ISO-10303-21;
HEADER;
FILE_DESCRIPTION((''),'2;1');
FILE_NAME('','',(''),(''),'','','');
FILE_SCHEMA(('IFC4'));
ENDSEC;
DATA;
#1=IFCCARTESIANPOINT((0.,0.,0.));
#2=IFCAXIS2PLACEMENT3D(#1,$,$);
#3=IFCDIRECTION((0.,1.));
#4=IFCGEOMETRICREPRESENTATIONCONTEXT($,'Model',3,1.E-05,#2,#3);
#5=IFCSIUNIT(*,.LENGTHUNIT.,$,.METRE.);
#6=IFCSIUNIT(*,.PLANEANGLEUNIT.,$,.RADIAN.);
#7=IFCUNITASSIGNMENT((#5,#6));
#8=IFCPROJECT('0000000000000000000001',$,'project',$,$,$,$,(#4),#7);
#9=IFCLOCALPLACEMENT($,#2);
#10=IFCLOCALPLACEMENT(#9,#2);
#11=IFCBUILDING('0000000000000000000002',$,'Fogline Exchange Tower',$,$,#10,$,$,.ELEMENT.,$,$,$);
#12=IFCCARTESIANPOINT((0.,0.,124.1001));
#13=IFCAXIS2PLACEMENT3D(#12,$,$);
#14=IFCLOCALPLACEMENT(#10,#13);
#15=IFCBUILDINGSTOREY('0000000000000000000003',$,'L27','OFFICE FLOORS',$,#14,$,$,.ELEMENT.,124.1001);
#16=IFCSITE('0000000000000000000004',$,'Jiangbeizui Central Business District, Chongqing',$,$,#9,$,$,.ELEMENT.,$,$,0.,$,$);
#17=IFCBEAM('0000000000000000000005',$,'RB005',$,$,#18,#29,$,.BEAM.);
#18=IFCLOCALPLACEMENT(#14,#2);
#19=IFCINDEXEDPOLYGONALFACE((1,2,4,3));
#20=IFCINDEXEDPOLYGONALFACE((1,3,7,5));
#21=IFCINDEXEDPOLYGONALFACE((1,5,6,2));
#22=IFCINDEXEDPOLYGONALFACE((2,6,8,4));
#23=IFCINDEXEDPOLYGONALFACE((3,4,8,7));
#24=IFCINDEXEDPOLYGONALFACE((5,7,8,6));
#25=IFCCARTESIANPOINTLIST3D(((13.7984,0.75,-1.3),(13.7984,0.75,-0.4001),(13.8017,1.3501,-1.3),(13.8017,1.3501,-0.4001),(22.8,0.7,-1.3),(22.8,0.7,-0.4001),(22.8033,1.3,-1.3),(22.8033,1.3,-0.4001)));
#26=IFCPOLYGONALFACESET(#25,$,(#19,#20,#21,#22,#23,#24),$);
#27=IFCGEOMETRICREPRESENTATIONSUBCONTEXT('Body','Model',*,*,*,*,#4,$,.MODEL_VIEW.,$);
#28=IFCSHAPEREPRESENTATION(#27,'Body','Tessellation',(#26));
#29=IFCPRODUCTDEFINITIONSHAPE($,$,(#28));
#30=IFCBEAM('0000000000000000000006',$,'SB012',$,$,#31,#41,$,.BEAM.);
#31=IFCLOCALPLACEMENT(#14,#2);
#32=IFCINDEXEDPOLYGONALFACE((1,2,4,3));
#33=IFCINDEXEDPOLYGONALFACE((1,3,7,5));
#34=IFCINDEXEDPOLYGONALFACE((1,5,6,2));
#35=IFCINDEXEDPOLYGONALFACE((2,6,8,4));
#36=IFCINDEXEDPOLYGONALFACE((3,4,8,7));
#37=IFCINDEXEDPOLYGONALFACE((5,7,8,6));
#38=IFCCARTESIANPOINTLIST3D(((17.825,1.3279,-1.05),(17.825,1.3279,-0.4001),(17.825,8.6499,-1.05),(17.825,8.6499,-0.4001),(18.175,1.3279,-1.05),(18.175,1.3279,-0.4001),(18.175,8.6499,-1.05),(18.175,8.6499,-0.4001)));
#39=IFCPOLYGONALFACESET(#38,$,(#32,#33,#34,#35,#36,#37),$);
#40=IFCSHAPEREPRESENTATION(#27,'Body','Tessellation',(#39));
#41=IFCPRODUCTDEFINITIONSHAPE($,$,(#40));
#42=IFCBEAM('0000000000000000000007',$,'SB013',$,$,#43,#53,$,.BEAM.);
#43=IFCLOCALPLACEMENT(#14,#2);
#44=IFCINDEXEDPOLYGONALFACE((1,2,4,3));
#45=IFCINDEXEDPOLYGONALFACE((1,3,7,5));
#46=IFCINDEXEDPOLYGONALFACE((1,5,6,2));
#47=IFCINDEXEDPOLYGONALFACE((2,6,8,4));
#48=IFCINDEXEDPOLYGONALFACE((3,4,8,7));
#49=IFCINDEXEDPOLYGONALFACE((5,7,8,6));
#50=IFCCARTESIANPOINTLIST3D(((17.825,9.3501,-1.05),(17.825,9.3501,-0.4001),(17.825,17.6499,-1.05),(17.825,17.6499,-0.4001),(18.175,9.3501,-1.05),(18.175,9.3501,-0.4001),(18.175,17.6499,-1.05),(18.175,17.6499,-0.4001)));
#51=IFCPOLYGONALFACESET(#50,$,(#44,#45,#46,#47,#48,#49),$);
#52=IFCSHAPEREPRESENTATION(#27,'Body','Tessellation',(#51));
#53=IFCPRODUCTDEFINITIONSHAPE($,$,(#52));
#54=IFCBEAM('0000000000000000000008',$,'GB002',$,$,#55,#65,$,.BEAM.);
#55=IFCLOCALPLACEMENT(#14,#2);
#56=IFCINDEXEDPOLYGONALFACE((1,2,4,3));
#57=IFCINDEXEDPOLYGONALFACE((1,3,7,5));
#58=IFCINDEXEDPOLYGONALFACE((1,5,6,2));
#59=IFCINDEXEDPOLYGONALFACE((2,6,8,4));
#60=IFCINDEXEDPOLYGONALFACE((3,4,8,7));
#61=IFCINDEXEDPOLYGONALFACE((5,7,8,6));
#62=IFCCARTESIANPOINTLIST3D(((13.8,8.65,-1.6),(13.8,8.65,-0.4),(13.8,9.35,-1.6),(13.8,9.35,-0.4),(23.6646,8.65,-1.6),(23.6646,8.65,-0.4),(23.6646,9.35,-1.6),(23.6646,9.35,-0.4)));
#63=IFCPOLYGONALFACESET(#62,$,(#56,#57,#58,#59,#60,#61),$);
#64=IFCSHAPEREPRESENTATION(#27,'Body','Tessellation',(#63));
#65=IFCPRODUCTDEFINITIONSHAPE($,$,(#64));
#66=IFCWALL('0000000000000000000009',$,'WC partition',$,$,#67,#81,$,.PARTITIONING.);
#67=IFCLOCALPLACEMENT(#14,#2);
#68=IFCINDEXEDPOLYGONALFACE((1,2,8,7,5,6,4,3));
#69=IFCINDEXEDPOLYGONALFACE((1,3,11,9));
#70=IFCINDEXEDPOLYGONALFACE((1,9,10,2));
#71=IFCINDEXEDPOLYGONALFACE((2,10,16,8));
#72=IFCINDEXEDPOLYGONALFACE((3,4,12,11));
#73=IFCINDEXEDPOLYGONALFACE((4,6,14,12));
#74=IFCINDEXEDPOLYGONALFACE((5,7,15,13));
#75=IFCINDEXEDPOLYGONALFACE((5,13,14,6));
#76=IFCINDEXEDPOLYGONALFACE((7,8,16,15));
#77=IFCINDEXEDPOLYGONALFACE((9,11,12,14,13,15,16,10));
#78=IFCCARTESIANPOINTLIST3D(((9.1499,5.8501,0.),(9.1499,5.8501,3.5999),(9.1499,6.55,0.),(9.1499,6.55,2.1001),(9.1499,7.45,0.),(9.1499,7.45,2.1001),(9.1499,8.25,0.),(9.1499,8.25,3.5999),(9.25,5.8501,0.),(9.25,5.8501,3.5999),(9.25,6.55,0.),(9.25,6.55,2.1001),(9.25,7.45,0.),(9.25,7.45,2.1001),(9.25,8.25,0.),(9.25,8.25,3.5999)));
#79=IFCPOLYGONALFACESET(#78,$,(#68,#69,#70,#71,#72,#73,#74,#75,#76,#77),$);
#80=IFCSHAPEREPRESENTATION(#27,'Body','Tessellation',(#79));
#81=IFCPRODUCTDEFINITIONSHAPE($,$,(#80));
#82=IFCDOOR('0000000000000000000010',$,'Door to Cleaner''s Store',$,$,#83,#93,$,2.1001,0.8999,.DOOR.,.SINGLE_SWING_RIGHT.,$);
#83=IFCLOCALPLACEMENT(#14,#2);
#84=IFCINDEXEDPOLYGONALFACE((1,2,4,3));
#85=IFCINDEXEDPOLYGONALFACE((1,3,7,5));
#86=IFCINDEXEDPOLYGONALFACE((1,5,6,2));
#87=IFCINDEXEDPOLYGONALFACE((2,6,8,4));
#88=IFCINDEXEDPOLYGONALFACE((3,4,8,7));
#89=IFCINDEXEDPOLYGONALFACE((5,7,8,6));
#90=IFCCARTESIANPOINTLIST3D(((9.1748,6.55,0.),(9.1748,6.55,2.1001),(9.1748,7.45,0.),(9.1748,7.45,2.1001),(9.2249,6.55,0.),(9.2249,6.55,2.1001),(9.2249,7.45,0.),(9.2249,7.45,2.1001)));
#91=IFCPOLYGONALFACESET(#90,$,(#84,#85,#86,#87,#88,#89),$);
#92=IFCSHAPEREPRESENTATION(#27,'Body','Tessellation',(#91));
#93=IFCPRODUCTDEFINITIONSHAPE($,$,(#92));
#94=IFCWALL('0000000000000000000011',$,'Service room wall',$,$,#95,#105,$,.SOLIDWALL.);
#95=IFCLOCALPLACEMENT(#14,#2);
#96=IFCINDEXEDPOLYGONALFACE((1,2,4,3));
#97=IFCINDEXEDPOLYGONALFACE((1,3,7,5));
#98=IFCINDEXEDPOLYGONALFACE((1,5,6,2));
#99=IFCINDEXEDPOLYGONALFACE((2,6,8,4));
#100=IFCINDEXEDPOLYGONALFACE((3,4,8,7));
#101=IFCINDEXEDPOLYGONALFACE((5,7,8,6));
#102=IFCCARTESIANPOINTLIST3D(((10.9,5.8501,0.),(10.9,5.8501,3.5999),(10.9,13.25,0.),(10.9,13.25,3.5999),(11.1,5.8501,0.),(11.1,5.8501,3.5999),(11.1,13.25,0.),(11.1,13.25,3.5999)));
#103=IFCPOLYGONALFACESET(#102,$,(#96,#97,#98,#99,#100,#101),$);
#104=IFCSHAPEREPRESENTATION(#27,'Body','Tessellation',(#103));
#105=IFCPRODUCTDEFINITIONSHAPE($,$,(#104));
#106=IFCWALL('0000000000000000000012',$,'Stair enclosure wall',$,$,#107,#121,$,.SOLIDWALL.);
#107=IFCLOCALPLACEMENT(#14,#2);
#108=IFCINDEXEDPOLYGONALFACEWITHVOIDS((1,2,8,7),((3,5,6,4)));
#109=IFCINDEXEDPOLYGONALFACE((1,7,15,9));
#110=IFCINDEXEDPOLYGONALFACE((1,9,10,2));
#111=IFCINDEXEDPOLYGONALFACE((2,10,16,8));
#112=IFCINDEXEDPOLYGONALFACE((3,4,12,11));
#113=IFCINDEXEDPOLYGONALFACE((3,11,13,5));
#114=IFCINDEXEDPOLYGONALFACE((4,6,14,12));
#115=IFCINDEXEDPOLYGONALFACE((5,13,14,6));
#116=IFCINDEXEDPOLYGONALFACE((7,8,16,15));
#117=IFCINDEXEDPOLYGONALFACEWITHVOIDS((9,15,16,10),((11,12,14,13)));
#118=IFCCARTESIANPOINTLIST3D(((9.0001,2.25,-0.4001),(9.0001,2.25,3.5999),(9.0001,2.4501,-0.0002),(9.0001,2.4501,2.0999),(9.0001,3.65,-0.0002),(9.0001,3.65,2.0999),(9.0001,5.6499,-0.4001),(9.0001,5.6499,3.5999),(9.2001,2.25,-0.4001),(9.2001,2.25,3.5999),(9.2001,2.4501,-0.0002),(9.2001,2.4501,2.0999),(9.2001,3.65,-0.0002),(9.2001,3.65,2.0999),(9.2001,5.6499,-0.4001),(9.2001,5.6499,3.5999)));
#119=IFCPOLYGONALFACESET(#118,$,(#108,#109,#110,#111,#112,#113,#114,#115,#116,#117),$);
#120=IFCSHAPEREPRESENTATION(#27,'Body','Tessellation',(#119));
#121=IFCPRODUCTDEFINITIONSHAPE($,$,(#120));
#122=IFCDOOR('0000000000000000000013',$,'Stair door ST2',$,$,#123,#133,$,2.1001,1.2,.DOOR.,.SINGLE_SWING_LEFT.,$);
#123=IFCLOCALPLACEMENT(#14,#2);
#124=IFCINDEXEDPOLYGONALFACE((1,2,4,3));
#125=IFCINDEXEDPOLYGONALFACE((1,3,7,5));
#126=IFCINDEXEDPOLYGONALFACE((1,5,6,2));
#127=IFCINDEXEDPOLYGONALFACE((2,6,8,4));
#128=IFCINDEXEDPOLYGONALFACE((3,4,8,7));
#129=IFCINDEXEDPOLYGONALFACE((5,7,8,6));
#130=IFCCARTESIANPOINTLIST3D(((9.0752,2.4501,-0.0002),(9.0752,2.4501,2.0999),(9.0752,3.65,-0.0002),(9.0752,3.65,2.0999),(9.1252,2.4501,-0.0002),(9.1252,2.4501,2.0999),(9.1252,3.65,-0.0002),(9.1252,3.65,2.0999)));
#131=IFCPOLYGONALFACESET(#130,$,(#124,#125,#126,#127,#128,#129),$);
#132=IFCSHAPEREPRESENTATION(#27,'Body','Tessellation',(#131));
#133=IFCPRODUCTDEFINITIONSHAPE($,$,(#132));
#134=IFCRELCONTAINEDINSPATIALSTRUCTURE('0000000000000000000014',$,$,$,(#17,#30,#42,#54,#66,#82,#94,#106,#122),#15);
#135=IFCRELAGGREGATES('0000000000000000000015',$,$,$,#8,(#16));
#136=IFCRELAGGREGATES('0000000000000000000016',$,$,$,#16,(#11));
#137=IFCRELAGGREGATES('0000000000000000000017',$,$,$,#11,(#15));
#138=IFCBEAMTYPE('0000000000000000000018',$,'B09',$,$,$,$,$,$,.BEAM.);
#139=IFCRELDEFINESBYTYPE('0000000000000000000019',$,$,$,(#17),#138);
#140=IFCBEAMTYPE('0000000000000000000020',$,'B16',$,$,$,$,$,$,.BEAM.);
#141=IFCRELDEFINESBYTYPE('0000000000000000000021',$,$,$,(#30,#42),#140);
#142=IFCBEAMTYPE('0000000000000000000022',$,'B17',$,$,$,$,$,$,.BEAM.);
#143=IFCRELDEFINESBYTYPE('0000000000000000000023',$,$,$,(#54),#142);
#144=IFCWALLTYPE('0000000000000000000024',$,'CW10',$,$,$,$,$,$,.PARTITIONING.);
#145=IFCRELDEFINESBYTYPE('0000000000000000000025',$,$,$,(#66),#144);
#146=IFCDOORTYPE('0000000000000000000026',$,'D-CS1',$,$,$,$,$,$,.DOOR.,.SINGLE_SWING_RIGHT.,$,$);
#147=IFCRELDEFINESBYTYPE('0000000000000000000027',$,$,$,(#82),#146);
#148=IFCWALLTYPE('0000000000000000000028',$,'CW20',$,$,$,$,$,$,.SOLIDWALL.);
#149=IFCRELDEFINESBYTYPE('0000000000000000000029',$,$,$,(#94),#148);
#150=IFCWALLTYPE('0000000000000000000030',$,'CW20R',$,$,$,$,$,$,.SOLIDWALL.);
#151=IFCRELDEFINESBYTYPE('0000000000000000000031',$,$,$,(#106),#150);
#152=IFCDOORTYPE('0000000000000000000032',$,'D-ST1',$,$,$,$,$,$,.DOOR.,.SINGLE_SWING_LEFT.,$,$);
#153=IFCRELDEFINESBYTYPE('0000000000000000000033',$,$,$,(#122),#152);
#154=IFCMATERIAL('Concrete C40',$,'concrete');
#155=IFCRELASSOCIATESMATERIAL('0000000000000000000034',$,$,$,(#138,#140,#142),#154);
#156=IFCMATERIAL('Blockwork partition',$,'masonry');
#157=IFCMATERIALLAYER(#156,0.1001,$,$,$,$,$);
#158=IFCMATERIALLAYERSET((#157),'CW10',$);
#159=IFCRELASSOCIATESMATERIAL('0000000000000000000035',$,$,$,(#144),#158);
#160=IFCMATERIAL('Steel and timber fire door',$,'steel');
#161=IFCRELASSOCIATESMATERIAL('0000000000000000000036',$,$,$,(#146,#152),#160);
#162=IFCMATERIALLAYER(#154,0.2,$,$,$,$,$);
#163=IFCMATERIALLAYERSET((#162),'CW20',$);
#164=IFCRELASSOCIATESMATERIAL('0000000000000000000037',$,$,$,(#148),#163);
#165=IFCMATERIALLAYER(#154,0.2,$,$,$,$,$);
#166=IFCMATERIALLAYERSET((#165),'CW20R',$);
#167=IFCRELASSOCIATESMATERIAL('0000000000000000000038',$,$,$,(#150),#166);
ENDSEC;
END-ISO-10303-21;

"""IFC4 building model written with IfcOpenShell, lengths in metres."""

from ifc_helpers import new_model, si_unit, direction, frame, frame_2d, origin, origin_2d, place, context, subcontext, project, spatial, rectangle, extrude, material, layer, layer_set, material_profile, profile_set, type_object, element, fill, save


model = new_model("IFC4")

# Units and contexts
model_context = context("Model", 3, precision=1e-05, world=origin(), true_north=direction((0.0, 1.0)))
body_context = subcontext(model_context, "Body", "Model", "MODEL_VIEW")
ifc_project = project(units=[si_unit("LENGTHUNIT", "METRE"), si_unit("PLANEANGLEUNIT", "RADIAN")], contexts=[model_context])

# Site, building, storey
site_placement = place(None, origin())
site = spatial("IfcSite", under=ifc_project, at=site_placement, Name="Jiangbeizui Central Business District, Chongqing", CompositionType="ELEMENT", RefElevation=0.0)
building_placement = place(site_placement, origin())
building = spatial("IfcBuilding", under=site, at=building_placement, Name="Fogline Exchange Tower", CompositionType="ELEMENT")
storey_placement = place(building_placement, frame((0.0, 0.0, 124.1001)))
storey = spatial("IfcBuildingStorey", under=building, at=storey_placement, Name="L27", Description="OFFICE FLOORS", CompositionType="ELEMENT", Elevation=124.1001)

# Beams
ifc_material_1 = material(Name="Concrete C40", Category="concrete")
ifc_material_profile_1 = material_profile(ifc_material_1, rectangle(XDim=0.6001, YDim=0.8999, at=origin_2d()), Name="RC 600x900")
ifc_profile_set_1 = profile_set([ifc_material_profile_1], Name="Concrete C40")
beam_type_1 = type_object("IfcBeamType", Name="B09", PredefinedType="BEAM", material=ifc_profile_set_1)
beam_1_placement = place(storey_placement, frame((13.8, 1.05, -0.8501), z_axis=(0.999985, -0.00556, 0.0), x_axis=(0.00556, 0.999985, 0.0)))
element("IfcBeam", 1, at=beam_1_placement, inside=storey, type_object=beam_type_1, Name="RB005", PredefinedType="BEAM", context=body_context, shape_type="SweptSolid", body=[
    extrude(rectangle(XDim=0.6001, YDim=0.8999, at=origin_2d()), origin(), (0.0, 0.0, 1.0), 9.0017),
])
ifc_material_profile_2 = material_profile(ifc_material_1, rectangle(XDim=0.3501, YDim=0.6499, at=origin_2d()), Name="RC 350x650")
ifc_profile_set_2 = profile_set([ifc_material_profile_2], Name="Concrete C40")
beam_type_2 = type_object("IfcBeamType", Name="B16", PredefinedType="BEAM", material=ifc_profile_set_2)
beam_2_placement = place(storey_placement, frame((18.0, 1.3279, -0.7251), z_axis=(0.0, 1.0, 0.0), x_axis=(-1.0, 0.0, 0.0)))
element("IfcBeam", 2, at=beam_2_placement, inside=storey, type_object=beam_type_2, Name="SB012", PredefinedType="BEAM", context=body_context, shape_type="SweptSolid", body=[
    extrude(rectangle(XDim=0.3501, YDim=0.6499, at=origin_2d()), origin(), (0.0, 0.0, 1.0), 7.322),
])
beam_3_placement = place(storey_placement, frame((18.0, 9.3501, -0.7251), z_axis=(0.0, 1.0, 0.0), x_axis=(-1.0, 0.0, 0.0)))
element("IfcBeam", 3, at=beam_3_placement, inside=storey, type_object=beam_type_2, Name="SB013", PredefinedType="BEAM", context=body_context, shape_type="SweptSolid", body=[
    extrude(rectangle(XDim=0.3501, YDim=0.6499, at=origin_2d()), origin(), (0.0, 0.0, 1.0), 8.2998),
])
ifc_material_profile_3 = material_profile(ifc_material_1, rectangle(XDim=0.7, YDim=1.2, at=origin_2d()), Name="RC 700x1200")
ifc_profile_set_3 = profile_set([ifc_material_profile_3], Name="Concrete C40")
beam_type_3 = type_object("IfcBeamType", Name="B17", PredefinedType="BEAM", material=ifc_profile_set_3)
beam_4_placement = place(storey_placement, frame((13.8, 9.0, -1.0), z_axis=(1.0, 0.0, 0.0), x_axis=(0.0, 1.0, 0.0)))
element("IfcBeam", 4, at=beam_4_placement, inside=storey, type_object=beam_type_3, Name="GB002", PredefinedType="BEAM", context=body_context, shape_type="SweptSolid", body=[
    extrude(rectangle(XDim=0.7, YDim=1.2, at=origin_2d()), origin(), (0.0, 0.0, 1.0), 9.8645),
])

# Wall, opening, door
ifc_material_2 = material(Name="Blockwork partition", Category="masonry")
ifc_layer_1 = layer(ifc_material_2, 0.1001)
ifc_layer_set_1 = layer_set([ifc_layer_1], Name="CW10")
wall_type_1 = type_object("IfcWallType", Name="CW10", PredefinedType="PARTITIONING", material=ifc_layer_set_1)
wall_1_placement = place(storey_placement, frame((9.2, 5.8501, 0.0), z_axis=(0.0, 0.0, 1.0), x_axis=(0.0, 1.0, 0.0)))
wall_1 = element("IfcWall", 5, at=wall_1_placement, inside=storey, type_object=wall_type_1, Name="WC partition", PredefinedType="PARTITIONING", context=body_context, shape_type="SweptSolid", body=[
    extrude(rectangle(XDim=2.3999, YDim=0.1001, at=frame_2d((1.2, 0.0))), origin(), (0.0, 0.0, 1.0), 3.5999),
])
opening_1_placement = place(wall_1_placement, frame((0.7, 0.0, 0.0)))
opening_1 = element("IfcOpeningElement", 6, at=opening_1_placement, cuts=wall_1, PredefinedType="OPENING", context=body_context, shape_type="SweptSolid", body=[
    extrude(rectangle(XDim=0.8999, YDim=2.1001, at=frame_2d((0.45, 1.05))), frame((0.0, 0.0601, 0.0), z_axis=(0.0, -1.0, 0.0), x_axis=(1.0, 0.0, 0.0)), (0.0, 0.0, 1.0), 0.1201),
])
ifc_material_3 = material(Name="Steel and timber fire door", Category="steel")
door_type_1 = type_object("IfcDoorType", Name="D-CS1", OperationType="SINGLE_SWING_RIGHT", PredefinedType="DOOR", material=ifc_material_3)
door_1_placement = place(opening_1_placement, frame((0.8999, 0.0, 0.0), z_axis=(0.0, 0.0, 1.0), x_axis=(-1.0, 0.0, 0.0)))
door_1 = element("IfcDoor", 7, at=door_1_placement, inside=storey, type_object=door_type_1, Name="Door to Cleaner's Store", OperationType="SINGLE_SWING_RIGHT", OverallHeight=2.1001, OverallWidth=0.8999, PredefinedType="DOOR", context=body_context, shape_type="SweptSolid", body=[
    extrude(rectangle(XDim=0.8999, YDim=2.1001, at=frame_2d((0.45, 1.05))), frame((0.0, 0.0249, 0.0), z_axis=(0.0, -1.0, 0.0), x_axis=(1.0, 0.0, 0.0)), (0.0, 0.0, 1.0), 0.05),
])
fill(opening_1, door_1)

# Wall
ifc_layer_2 = layer(ifc_material_1, 0.2)
ifc_layer_set_2 = layer_set([ifc_layer_2], Name="CW20")
wall_type_2 = type_object("IfcWallType", Name="CW20", PredefinedType="SOLIDWALL", material=ifc_layer_set_2)
wall_2_placement = place(storey_placement, frame((11.0, 5.8501, 0.0), z_axis=(0.0, 0.0, 1.0), x_axis=(0.0, 1.0, 0.0)))
element("IfcWall", 8, at=wall_2_placement, inside=storey, type_object=wall_type_2, Name="Service room wall", PredefinedType="SOLIDWALL", context=body_context, shape_type="SweptSolid", body=[
    extrude(rectangle(XDim=7.3999, YDim=0.2, at=frame_2d((3.7, 0.0))), origin(), (0.0, 0.0, 1.0), 3.5999),
])

# Wall, opening, door
ifc_layer_3 = layer(ifc_material_1, 0.2)
ifc_layer_set_3 = layer_set([ifc_layer_3], Name="CW20R")
wall_type_3 = type_object("IfcWallType", Name="CW20R", PredefinedType="SOLIDWALL", material=ifc_layer_set_3)
wall_3_placement = place(storey_placement, frame((9.1001, 2.25, -0.4001), z_axis=(0.0, 0.0, 1.0), x_axis=(0.0, 1.0, 0.0)))
wall_3 = element("IfcWall", 9, at=wall_3_placement, inside=storey, type_object=wall_type_3, Name="Stair enclosure wall", PredefinedType="SOLIDWALL", context=body_context, shape_type="SweptSolid", body=[
    extrude(rectangle(XDim=3.3999, YDim=0.2, at=frame_2d((1.7, 0.0))), origin(), (0.0, 0.0, 1.0), 4.0),
])
opening_2_placement = place(wall_3_placement, frame((0.2, 0.0, 0.3999)))
opening_2 = element("IfcOpeningElement", 10, at=opening_2_placement, cuts=wall_3, PredefinedType="OPENING", context=body_context, shape_type="SweptSolid", body=[
    extrude(rectangle(XDim=1.2, YDim=2.1001, at=frame_2d((0.6001, 1.05))), frame((0.0, 0.1099, 0.0), z_axis=(0.0, -1.0, 0.0), x_axis=(1.0, 0.0, 0.0)), (0.0, 0.0, 1.0), 0.22),
])
door_type_2 = type_object("IfcDoorType", Name="D-ST1", OperationType="SINGLE_SWING_LEFT", PredefinedType="DOOR", material=ifc_material_3)
door_2_placement = place(opening_2_placement, origin())
door_2 = element("IfcDoor", 11, at=door_2_placement, inside=storey, type_object=door_type_2, Name="Stair door ST2", OperationType="SINGLE_SWING_LEFT", OverallHeight=2.1001, OverallWidth=1.2, PredefinedType="DOOR", context=body_context, shape_type="SweptSolid", body=[
    extrude(rectangle(XDim=1.2, YDim=2.1001, at=frame_2d((0.6001, 1.05))), frame((0.0, 0.0249, 0.0), z_axis=(0.0, -1.0, 0.0), x_axis=(1.0, 0.0, 0.0)), (0.0, 0.0, 1.0), 0.05),
])
fill(opening_2, door_2)

save(model, "model.ifc")
